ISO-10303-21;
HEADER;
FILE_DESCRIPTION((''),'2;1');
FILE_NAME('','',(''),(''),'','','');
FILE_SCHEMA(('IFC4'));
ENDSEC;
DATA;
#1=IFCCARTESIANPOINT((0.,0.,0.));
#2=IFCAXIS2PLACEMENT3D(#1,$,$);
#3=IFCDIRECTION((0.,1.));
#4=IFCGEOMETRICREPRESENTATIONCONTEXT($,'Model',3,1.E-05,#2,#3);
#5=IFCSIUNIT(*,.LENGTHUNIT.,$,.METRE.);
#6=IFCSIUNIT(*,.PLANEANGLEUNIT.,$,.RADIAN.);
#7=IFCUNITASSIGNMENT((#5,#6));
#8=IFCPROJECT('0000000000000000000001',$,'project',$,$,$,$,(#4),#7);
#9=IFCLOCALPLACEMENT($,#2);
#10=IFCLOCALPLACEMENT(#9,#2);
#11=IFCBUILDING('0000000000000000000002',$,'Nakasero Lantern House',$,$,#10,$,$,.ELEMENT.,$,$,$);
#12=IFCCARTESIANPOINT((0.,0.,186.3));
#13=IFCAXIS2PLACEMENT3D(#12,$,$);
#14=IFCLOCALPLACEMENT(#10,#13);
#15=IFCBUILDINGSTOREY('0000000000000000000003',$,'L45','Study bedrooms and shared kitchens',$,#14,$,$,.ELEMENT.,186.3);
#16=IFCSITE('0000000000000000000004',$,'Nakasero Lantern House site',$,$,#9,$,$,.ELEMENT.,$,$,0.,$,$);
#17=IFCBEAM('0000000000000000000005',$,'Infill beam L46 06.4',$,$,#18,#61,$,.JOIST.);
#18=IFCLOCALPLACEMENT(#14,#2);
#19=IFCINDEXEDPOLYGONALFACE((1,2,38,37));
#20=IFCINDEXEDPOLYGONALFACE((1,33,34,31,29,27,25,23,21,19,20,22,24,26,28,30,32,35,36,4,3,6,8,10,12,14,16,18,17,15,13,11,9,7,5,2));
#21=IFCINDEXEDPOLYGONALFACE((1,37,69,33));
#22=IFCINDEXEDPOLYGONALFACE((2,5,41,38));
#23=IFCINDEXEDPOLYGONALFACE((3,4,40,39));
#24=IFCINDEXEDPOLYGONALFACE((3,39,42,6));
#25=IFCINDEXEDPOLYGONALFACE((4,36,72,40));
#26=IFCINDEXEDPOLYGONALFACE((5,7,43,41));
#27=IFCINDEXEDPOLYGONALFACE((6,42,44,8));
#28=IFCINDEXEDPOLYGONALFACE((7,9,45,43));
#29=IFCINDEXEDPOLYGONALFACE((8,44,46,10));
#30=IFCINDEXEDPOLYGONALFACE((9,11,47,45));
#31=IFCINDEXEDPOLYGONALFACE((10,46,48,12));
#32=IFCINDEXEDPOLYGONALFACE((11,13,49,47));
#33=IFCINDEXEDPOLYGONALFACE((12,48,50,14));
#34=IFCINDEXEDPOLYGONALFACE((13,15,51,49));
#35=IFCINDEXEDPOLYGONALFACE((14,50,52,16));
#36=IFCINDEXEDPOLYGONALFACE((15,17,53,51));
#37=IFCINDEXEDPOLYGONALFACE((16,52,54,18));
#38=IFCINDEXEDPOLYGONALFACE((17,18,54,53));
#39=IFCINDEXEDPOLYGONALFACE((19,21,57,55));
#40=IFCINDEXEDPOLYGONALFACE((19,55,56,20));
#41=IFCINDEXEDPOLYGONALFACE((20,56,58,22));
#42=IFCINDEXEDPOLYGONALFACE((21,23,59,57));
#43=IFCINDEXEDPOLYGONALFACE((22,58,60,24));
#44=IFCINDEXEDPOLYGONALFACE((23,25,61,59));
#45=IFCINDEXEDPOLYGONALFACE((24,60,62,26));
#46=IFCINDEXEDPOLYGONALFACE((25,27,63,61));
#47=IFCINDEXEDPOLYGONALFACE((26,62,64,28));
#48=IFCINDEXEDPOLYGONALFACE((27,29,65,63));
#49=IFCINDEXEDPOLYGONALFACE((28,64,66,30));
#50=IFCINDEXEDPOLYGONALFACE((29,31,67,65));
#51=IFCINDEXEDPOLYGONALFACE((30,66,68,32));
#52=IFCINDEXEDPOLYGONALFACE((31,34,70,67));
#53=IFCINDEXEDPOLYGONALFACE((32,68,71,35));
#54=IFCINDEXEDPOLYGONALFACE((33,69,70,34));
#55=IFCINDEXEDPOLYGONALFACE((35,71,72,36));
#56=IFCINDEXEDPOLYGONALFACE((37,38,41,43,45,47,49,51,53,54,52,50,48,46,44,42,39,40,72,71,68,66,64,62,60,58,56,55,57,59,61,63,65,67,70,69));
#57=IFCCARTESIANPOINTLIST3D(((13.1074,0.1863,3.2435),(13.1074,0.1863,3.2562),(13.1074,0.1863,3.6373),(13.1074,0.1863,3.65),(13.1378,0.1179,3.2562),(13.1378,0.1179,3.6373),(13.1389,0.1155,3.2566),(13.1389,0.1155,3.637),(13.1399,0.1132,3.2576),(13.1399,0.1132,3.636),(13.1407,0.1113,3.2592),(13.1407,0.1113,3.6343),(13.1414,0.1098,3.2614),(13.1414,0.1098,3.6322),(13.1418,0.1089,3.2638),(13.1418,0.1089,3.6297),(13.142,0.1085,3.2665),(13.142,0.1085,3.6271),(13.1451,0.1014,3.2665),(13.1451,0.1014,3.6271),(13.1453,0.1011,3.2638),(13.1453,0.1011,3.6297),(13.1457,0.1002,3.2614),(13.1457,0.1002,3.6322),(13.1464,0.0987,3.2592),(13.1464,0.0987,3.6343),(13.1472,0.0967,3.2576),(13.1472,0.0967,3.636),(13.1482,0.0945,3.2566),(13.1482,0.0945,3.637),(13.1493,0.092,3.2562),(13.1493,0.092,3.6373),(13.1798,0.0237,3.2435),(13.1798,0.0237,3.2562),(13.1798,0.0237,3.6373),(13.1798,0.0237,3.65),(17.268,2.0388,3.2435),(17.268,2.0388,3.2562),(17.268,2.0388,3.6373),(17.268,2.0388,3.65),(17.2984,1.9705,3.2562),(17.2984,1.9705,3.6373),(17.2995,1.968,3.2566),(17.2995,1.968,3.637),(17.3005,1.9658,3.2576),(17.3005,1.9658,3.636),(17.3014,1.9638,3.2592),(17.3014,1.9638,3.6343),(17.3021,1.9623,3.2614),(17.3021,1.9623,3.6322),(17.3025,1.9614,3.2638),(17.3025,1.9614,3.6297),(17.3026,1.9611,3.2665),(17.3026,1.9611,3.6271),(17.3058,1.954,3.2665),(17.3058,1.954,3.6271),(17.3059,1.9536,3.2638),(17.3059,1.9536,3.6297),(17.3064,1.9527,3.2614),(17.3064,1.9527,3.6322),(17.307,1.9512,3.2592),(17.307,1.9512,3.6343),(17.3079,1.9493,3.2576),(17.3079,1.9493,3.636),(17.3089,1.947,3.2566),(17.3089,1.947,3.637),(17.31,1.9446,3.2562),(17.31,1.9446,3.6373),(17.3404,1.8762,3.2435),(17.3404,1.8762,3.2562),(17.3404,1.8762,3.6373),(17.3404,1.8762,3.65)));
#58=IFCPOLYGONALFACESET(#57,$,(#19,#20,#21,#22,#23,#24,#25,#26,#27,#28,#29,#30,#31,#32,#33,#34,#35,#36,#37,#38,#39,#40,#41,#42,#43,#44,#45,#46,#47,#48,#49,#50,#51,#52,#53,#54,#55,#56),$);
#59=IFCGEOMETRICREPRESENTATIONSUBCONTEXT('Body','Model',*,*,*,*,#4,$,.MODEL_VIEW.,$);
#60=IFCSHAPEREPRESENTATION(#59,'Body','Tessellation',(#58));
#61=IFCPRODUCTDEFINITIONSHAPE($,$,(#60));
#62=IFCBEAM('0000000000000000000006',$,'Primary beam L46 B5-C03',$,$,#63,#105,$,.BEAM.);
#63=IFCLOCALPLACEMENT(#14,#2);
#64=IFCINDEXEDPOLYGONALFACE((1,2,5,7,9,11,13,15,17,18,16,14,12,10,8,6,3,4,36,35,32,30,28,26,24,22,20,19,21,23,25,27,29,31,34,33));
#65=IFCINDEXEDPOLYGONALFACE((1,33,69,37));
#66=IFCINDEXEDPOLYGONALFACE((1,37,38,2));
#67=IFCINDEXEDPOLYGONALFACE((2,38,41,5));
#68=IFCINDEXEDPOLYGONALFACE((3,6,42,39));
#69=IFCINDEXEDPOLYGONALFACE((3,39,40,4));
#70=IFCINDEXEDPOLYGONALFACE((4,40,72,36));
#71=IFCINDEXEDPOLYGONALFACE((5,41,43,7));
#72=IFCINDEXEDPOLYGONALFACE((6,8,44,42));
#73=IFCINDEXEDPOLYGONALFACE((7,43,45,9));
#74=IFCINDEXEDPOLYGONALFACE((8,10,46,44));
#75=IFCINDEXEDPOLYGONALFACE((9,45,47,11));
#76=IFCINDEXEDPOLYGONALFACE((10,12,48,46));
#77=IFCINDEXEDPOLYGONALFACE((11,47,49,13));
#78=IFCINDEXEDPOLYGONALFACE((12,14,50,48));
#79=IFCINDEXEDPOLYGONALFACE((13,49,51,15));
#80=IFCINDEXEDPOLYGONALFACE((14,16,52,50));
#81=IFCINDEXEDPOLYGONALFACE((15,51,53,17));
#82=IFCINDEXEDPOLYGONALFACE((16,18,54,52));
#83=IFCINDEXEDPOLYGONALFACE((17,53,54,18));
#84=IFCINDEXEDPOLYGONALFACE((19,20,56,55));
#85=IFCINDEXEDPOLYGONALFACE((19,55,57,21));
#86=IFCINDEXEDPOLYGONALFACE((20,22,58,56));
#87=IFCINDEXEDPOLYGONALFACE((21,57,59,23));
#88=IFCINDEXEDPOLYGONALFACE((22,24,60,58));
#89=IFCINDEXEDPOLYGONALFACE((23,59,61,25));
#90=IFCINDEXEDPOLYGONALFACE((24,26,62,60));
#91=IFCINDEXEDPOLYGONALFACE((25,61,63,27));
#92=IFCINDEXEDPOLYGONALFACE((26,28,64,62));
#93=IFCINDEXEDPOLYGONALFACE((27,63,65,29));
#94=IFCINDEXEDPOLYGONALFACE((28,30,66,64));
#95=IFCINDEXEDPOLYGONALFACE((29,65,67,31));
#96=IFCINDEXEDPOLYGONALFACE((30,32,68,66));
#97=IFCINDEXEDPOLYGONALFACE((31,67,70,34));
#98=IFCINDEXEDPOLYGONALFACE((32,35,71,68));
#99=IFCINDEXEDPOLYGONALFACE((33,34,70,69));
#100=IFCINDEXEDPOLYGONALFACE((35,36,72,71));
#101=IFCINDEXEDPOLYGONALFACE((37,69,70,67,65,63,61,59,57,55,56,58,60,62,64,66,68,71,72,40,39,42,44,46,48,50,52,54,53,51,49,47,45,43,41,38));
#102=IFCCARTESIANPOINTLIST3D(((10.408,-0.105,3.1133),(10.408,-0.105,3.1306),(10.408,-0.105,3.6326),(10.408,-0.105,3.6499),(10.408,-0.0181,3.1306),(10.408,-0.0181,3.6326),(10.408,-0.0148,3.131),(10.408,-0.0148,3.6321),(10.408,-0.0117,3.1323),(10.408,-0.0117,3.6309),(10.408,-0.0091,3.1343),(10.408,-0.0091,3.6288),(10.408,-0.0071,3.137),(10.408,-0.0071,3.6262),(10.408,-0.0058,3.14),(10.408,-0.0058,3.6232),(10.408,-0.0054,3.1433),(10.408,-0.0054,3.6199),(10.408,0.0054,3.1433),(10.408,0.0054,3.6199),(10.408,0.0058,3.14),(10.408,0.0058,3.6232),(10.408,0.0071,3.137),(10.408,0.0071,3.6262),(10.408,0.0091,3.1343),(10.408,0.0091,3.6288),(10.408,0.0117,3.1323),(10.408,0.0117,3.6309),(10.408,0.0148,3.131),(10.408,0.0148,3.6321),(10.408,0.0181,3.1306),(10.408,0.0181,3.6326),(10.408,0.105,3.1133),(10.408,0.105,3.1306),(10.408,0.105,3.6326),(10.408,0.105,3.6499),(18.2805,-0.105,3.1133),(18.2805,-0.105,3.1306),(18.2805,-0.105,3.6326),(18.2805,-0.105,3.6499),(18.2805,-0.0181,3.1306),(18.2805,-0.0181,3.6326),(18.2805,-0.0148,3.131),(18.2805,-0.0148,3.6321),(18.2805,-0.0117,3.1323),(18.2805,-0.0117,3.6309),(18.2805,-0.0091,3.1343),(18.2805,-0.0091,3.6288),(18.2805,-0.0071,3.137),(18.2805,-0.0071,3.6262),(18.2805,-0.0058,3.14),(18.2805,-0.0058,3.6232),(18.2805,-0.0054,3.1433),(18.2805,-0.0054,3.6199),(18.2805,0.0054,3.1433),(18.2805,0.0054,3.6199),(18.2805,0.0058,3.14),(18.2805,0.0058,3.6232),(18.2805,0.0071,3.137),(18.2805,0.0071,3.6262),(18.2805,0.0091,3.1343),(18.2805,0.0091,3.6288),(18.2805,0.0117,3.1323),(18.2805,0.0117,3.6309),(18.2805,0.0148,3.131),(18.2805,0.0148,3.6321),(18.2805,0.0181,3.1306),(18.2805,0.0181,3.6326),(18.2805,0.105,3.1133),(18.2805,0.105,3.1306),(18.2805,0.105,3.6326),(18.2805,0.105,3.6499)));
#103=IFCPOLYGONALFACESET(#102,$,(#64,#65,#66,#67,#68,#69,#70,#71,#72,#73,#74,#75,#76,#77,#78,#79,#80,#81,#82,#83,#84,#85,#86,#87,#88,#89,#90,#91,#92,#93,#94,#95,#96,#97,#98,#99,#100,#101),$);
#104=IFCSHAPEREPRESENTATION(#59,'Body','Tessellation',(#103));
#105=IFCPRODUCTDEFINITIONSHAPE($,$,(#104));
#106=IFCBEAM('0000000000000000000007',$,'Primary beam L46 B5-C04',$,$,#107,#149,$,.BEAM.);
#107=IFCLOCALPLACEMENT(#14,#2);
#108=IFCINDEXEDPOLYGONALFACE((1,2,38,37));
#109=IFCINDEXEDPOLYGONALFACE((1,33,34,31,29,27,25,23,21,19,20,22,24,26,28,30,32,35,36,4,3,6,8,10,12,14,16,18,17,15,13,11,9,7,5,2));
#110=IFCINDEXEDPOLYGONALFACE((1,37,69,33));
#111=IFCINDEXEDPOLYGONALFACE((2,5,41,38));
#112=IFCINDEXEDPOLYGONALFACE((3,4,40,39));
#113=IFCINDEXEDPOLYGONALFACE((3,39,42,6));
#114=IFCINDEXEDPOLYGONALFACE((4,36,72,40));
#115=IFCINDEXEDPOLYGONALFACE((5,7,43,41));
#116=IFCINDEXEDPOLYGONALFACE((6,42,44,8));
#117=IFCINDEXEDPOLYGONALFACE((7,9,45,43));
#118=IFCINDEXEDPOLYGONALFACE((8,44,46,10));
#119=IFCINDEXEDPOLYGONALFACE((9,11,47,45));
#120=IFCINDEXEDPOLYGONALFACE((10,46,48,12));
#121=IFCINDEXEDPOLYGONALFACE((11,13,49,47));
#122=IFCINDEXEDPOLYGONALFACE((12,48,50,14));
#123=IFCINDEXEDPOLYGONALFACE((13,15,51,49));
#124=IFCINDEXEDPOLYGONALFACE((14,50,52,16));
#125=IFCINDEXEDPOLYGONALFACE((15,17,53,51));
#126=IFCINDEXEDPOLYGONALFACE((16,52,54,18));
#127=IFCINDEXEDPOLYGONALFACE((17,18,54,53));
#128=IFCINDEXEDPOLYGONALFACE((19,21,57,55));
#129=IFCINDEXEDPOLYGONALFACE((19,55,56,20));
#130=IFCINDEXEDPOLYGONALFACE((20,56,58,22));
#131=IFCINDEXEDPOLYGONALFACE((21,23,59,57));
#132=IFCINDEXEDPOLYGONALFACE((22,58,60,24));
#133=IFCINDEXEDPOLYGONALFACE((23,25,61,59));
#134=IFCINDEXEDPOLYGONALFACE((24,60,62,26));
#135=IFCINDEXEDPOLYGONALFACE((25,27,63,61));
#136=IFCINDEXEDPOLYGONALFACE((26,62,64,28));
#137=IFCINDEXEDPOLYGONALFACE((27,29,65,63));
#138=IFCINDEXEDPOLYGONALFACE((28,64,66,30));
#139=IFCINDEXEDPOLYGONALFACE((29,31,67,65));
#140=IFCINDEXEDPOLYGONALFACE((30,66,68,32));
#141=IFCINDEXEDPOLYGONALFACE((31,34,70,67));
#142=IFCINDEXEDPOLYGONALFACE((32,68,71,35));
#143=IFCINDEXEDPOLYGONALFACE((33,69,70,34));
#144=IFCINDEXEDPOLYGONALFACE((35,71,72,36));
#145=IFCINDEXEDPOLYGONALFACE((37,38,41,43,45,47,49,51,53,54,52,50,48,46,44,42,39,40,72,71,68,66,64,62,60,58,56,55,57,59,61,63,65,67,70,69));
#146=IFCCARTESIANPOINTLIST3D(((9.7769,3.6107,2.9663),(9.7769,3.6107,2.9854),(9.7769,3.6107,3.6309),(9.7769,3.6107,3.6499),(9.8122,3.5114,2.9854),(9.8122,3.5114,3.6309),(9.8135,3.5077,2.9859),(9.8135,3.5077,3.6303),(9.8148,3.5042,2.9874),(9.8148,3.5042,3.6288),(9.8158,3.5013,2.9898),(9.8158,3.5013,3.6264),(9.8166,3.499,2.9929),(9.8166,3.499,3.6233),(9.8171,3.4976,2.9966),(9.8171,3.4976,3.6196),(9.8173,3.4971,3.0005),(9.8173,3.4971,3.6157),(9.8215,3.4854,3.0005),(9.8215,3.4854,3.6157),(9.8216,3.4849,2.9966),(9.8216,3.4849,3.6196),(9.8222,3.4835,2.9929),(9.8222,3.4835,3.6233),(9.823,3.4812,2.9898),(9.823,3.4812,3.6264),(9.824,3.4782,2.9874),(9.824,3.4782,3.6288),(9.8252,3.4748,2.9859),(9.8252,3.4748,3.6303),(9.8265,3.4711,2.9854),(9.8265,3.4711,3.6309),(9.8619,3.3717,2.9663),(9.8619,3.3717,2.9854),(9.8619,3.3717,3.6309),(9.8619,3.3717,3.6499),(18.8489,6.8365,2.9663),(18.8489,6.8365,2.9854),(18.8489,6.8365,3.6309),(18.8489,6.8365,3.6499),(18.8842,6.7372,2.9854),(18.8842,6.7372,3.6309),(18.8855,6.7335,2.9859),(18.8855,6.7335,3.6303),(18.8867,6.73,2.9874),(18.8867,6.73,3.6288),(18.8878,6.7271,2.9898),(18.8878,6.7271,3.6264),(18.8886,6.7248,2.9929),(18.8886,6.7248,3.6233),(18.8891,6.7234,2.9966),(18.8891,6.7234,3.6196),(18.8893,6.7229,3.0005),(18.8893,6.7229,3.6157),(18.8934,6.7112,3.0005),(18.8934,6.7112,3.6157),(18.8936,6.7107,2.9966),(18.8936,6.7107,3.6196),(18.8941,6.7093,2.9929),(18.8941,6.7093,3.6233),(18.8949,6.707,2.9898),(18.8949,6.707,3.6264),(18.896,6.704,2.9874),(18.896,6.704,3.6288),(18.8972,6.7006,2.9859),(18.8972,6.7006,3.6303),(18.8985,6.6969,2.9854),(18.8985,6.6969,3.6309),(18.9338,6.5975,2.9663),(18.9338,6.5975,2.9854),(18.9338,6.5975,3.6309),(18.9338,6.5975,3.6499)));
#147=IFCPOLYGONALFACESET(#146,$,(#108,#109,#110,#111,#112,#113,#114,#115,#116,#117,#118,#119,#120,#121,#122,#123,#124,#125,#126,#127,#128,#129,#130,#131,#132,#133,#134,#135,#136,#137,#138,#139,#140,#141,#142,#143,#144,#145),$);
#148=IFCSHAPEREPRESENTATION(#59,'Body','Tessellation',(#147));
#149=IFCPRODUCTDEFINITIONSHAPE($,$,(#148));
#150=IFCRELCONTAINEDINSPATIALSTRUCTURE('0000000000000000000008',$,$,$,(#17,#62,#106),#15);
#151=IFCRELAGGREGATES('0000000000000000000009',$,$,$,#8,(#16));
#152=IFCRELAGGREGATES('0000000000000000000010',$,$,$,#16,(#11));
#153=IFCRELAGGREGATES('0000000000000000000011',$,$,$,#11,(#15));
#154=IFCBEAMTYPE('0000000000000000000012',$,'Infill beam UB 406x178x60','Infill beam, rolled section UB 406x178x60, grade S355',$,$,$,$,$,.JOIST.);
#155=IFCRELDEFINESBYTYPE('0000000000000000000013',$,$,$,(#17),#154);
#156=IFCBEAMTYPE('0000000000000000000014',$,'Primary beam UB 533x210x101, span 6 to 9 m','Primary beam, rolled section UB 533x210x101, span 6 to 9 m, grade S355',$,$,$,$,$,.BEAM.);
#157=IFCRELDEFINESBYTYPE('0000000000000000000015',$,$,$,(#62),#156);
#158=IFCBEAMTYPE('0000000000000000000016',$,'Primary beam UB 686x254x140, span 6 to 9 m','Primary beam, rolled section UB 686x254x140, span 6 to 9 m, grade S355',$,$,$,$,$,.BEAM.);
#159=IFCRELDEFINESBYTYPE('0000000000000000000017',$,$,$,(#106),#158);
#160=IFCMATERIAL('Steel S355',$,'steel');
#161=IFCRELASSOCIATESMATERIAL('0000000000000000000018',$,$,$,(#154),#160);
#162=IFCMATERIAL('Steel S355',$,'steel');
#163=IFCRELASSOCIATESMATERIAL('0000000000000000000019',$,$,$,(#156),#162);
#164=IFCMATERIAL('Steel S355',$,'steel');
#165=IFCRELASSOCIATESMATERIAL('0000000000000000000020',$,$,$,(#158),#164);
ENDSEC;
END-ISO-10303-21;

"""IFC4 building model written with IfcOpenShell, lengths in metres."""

from ifc_helpers import new_model, si_unit, direction, frame, origin, origin_2d, place, context, subcontext, project, spatial, i_section, extrude, material, material_profile, profile_set, type_object, element, save


model = new_model("IFC4")

# Units and contexts
model_context = context("Model", 3, precision=1e-05, world=origin(), true_north=direction((0.0, 1.0)))
body_context = subcontext(model_context, "Body", "Model", "MODEL_VIEW")
ifc_project = project(units=[si_unit("LENGTHUNIT", "METRE"), si_unit("PLANEANGLEUNIT", "RADIAN")], contexts=[model_context])

# Site, building, storey
site_placement = place(None, origin())
site = spatial("IfcSite", under=ifc_project, at=site_placement, Name="Nakasero Lantern House site", CompositionType="ELEMENT", RefElevation=0.0)
building_placement = place(site_placement, origin())
building = spatial("IfcBuilding", under=site, at=building_placement, Name="Nakasero Lantern House", CompositionType="ELEMENT")
storey_placement = place(building_placement, frame((0.0, 0.0, 186.3)))
storey = spatial("IfcBuildingStorey", under=building, at=storey_placement, Name="L45", Description="Study bedrooms and shared kitchens", CompositionType="ELEMENT", Elevation=186.3)

# Beams
ifc_material_1 = material(Name="Steel S355", Category="steel")
ifc_material_profile_1 = material_profile(ifc_material_1, i_section(OverallWidth=0.178, OverallDepth=0.4065, WebThickness=0.0078, FlangeThickness=0.0127, FilletRadius=0.0103, at=origin_2d()), Name="UB 406x178x60")
ifc_profile_set_1 = profile_set([ifc_material_profile_1], Name="Steel S355")
beam_type_1 = type_object("IfcBeamType", Name="Infill beam UB 406x178x60", Description="Infill beam, rolled section UB 406x178x60, grade S355", PredefinedType="JOIST", material=ifc_profile_set_1)
beam_1_placement = place(storey_placement, frame((13.1436, 0.105, 3.4468), z_axis=(0.913537, 0.406755, 0.0), x_axis=(-0.406755, 0.913537, 0.0)))
element("IfcBeam", 1, at=beam_1_placement, inside=storey, type_object=beam_type_1, Name="Infill beam L46 06.4", PredefinedType="JOIST", context=body_context, shape_type="SweptSolid", body=[
    extrude(i_section(OverallWidth=0.178, OverallDepth=0.4065, WebThickness=0.0078, FlangeThickness=0.0127, FilletRadius=0.0103, at=origin_2d()), origin(), (0.0, 0.0, 1.0), 4.5544),
])
ifc_material_2 = material(Name="Steel S355", Category="steel")
ifc_material_profile_2 = material_profile(ifc_material_2, i_section(OverallWidth=0.21, OverallDepth=0.5366, WebThickness=0.0107, FlangeThickness=0.0173, FilletRadius=0.0127, at=origin_2d()), Name="UB 533x210x101")
ifc_profile_set_2 = profile_set([ifc_material_profile_2], Name="Steel S355")
beam_type_2 = type_object("IfcBeamType", Name="Primary beam UB 533x210x101, span 6 to 9 m", Description="Primary beam, rolled section UB 533x210x101, span 6 to 9 m, grade S355", PredefinedType="BEAM", material=ifc_profile_set_2)
beam_2_placement = place(storey_placement, frame((18.2805, 0.0, 3.3816), z_axis=(-1.0, 0.0, 0.0), x_axis=(0.0, -1.0, 0.0)))
element("IfcBeam", 2, at=beam_2_placement, inside=storey, type_object=beam_type_2, Name="Primary beam L46 B5-C03", PredefinedType="BEAM", context=body_context, shape_type="SweptSolid", body=[
    extrude(i_section(OverallWidth=0.21, OverallDepth=0.5366, WebThickness=0.0107, FlangeThickness=0.0173, FilletRadius=0.0127, at=origin_2d()), origin(), (0.0, 0.0, 1.0), 7.8726),
])
ifc_material_3 = material(Name="Steel S355", Category="steel")
ifc_material_profile_3 = material_profile(ifc_material_3, i_section(OverallWidth=0.2537, OverallDepth=0.6836, WebThickness=0.0125, FlangeThickness=0.019, FilletRadius=0.0151, at=origin_2d()), Name="UB 686x254x140")
ifc_profile_set_3 = profile_set([ifc_material_profile_3], Name="Steel S355")
beam_type_3 = type_object("IfcBeamType", Name="Primary beam UB 686x254x140, span 6 to 9 m", Description="Primary beam, rolled section UB 686x254x140, span 6 to 9 m, grade S355", PredefinedType="BEAM", material=ifc_profile_set_3)
beam_3_placement = place(storey_placement, frame((18.8914, 6.717, 3.3081), z_axis=(-0.942207, -0.33503, 0.0), x_axis=(0.33503, -0.942207, 0.0)))
element("IfcBeam", 3, at=beam_3_placement, inside=storey, type_object=beam_type_3, Name="Primary beam L46 B5-C04", PredefinedType="BEAM", context=body_context, shape_type="SweptSolid", body=[
    extrude(i_section(OverallWidth=0.2537, OverallDepth=0.6836, WebThickness=0.0125, FlangeThickness=0.019, FilletRadius=0.0151, at=origin_2d()), origin(), (0.0, 0.0, 1.0), 9.6284),
])

save(model, "model.ifc")
